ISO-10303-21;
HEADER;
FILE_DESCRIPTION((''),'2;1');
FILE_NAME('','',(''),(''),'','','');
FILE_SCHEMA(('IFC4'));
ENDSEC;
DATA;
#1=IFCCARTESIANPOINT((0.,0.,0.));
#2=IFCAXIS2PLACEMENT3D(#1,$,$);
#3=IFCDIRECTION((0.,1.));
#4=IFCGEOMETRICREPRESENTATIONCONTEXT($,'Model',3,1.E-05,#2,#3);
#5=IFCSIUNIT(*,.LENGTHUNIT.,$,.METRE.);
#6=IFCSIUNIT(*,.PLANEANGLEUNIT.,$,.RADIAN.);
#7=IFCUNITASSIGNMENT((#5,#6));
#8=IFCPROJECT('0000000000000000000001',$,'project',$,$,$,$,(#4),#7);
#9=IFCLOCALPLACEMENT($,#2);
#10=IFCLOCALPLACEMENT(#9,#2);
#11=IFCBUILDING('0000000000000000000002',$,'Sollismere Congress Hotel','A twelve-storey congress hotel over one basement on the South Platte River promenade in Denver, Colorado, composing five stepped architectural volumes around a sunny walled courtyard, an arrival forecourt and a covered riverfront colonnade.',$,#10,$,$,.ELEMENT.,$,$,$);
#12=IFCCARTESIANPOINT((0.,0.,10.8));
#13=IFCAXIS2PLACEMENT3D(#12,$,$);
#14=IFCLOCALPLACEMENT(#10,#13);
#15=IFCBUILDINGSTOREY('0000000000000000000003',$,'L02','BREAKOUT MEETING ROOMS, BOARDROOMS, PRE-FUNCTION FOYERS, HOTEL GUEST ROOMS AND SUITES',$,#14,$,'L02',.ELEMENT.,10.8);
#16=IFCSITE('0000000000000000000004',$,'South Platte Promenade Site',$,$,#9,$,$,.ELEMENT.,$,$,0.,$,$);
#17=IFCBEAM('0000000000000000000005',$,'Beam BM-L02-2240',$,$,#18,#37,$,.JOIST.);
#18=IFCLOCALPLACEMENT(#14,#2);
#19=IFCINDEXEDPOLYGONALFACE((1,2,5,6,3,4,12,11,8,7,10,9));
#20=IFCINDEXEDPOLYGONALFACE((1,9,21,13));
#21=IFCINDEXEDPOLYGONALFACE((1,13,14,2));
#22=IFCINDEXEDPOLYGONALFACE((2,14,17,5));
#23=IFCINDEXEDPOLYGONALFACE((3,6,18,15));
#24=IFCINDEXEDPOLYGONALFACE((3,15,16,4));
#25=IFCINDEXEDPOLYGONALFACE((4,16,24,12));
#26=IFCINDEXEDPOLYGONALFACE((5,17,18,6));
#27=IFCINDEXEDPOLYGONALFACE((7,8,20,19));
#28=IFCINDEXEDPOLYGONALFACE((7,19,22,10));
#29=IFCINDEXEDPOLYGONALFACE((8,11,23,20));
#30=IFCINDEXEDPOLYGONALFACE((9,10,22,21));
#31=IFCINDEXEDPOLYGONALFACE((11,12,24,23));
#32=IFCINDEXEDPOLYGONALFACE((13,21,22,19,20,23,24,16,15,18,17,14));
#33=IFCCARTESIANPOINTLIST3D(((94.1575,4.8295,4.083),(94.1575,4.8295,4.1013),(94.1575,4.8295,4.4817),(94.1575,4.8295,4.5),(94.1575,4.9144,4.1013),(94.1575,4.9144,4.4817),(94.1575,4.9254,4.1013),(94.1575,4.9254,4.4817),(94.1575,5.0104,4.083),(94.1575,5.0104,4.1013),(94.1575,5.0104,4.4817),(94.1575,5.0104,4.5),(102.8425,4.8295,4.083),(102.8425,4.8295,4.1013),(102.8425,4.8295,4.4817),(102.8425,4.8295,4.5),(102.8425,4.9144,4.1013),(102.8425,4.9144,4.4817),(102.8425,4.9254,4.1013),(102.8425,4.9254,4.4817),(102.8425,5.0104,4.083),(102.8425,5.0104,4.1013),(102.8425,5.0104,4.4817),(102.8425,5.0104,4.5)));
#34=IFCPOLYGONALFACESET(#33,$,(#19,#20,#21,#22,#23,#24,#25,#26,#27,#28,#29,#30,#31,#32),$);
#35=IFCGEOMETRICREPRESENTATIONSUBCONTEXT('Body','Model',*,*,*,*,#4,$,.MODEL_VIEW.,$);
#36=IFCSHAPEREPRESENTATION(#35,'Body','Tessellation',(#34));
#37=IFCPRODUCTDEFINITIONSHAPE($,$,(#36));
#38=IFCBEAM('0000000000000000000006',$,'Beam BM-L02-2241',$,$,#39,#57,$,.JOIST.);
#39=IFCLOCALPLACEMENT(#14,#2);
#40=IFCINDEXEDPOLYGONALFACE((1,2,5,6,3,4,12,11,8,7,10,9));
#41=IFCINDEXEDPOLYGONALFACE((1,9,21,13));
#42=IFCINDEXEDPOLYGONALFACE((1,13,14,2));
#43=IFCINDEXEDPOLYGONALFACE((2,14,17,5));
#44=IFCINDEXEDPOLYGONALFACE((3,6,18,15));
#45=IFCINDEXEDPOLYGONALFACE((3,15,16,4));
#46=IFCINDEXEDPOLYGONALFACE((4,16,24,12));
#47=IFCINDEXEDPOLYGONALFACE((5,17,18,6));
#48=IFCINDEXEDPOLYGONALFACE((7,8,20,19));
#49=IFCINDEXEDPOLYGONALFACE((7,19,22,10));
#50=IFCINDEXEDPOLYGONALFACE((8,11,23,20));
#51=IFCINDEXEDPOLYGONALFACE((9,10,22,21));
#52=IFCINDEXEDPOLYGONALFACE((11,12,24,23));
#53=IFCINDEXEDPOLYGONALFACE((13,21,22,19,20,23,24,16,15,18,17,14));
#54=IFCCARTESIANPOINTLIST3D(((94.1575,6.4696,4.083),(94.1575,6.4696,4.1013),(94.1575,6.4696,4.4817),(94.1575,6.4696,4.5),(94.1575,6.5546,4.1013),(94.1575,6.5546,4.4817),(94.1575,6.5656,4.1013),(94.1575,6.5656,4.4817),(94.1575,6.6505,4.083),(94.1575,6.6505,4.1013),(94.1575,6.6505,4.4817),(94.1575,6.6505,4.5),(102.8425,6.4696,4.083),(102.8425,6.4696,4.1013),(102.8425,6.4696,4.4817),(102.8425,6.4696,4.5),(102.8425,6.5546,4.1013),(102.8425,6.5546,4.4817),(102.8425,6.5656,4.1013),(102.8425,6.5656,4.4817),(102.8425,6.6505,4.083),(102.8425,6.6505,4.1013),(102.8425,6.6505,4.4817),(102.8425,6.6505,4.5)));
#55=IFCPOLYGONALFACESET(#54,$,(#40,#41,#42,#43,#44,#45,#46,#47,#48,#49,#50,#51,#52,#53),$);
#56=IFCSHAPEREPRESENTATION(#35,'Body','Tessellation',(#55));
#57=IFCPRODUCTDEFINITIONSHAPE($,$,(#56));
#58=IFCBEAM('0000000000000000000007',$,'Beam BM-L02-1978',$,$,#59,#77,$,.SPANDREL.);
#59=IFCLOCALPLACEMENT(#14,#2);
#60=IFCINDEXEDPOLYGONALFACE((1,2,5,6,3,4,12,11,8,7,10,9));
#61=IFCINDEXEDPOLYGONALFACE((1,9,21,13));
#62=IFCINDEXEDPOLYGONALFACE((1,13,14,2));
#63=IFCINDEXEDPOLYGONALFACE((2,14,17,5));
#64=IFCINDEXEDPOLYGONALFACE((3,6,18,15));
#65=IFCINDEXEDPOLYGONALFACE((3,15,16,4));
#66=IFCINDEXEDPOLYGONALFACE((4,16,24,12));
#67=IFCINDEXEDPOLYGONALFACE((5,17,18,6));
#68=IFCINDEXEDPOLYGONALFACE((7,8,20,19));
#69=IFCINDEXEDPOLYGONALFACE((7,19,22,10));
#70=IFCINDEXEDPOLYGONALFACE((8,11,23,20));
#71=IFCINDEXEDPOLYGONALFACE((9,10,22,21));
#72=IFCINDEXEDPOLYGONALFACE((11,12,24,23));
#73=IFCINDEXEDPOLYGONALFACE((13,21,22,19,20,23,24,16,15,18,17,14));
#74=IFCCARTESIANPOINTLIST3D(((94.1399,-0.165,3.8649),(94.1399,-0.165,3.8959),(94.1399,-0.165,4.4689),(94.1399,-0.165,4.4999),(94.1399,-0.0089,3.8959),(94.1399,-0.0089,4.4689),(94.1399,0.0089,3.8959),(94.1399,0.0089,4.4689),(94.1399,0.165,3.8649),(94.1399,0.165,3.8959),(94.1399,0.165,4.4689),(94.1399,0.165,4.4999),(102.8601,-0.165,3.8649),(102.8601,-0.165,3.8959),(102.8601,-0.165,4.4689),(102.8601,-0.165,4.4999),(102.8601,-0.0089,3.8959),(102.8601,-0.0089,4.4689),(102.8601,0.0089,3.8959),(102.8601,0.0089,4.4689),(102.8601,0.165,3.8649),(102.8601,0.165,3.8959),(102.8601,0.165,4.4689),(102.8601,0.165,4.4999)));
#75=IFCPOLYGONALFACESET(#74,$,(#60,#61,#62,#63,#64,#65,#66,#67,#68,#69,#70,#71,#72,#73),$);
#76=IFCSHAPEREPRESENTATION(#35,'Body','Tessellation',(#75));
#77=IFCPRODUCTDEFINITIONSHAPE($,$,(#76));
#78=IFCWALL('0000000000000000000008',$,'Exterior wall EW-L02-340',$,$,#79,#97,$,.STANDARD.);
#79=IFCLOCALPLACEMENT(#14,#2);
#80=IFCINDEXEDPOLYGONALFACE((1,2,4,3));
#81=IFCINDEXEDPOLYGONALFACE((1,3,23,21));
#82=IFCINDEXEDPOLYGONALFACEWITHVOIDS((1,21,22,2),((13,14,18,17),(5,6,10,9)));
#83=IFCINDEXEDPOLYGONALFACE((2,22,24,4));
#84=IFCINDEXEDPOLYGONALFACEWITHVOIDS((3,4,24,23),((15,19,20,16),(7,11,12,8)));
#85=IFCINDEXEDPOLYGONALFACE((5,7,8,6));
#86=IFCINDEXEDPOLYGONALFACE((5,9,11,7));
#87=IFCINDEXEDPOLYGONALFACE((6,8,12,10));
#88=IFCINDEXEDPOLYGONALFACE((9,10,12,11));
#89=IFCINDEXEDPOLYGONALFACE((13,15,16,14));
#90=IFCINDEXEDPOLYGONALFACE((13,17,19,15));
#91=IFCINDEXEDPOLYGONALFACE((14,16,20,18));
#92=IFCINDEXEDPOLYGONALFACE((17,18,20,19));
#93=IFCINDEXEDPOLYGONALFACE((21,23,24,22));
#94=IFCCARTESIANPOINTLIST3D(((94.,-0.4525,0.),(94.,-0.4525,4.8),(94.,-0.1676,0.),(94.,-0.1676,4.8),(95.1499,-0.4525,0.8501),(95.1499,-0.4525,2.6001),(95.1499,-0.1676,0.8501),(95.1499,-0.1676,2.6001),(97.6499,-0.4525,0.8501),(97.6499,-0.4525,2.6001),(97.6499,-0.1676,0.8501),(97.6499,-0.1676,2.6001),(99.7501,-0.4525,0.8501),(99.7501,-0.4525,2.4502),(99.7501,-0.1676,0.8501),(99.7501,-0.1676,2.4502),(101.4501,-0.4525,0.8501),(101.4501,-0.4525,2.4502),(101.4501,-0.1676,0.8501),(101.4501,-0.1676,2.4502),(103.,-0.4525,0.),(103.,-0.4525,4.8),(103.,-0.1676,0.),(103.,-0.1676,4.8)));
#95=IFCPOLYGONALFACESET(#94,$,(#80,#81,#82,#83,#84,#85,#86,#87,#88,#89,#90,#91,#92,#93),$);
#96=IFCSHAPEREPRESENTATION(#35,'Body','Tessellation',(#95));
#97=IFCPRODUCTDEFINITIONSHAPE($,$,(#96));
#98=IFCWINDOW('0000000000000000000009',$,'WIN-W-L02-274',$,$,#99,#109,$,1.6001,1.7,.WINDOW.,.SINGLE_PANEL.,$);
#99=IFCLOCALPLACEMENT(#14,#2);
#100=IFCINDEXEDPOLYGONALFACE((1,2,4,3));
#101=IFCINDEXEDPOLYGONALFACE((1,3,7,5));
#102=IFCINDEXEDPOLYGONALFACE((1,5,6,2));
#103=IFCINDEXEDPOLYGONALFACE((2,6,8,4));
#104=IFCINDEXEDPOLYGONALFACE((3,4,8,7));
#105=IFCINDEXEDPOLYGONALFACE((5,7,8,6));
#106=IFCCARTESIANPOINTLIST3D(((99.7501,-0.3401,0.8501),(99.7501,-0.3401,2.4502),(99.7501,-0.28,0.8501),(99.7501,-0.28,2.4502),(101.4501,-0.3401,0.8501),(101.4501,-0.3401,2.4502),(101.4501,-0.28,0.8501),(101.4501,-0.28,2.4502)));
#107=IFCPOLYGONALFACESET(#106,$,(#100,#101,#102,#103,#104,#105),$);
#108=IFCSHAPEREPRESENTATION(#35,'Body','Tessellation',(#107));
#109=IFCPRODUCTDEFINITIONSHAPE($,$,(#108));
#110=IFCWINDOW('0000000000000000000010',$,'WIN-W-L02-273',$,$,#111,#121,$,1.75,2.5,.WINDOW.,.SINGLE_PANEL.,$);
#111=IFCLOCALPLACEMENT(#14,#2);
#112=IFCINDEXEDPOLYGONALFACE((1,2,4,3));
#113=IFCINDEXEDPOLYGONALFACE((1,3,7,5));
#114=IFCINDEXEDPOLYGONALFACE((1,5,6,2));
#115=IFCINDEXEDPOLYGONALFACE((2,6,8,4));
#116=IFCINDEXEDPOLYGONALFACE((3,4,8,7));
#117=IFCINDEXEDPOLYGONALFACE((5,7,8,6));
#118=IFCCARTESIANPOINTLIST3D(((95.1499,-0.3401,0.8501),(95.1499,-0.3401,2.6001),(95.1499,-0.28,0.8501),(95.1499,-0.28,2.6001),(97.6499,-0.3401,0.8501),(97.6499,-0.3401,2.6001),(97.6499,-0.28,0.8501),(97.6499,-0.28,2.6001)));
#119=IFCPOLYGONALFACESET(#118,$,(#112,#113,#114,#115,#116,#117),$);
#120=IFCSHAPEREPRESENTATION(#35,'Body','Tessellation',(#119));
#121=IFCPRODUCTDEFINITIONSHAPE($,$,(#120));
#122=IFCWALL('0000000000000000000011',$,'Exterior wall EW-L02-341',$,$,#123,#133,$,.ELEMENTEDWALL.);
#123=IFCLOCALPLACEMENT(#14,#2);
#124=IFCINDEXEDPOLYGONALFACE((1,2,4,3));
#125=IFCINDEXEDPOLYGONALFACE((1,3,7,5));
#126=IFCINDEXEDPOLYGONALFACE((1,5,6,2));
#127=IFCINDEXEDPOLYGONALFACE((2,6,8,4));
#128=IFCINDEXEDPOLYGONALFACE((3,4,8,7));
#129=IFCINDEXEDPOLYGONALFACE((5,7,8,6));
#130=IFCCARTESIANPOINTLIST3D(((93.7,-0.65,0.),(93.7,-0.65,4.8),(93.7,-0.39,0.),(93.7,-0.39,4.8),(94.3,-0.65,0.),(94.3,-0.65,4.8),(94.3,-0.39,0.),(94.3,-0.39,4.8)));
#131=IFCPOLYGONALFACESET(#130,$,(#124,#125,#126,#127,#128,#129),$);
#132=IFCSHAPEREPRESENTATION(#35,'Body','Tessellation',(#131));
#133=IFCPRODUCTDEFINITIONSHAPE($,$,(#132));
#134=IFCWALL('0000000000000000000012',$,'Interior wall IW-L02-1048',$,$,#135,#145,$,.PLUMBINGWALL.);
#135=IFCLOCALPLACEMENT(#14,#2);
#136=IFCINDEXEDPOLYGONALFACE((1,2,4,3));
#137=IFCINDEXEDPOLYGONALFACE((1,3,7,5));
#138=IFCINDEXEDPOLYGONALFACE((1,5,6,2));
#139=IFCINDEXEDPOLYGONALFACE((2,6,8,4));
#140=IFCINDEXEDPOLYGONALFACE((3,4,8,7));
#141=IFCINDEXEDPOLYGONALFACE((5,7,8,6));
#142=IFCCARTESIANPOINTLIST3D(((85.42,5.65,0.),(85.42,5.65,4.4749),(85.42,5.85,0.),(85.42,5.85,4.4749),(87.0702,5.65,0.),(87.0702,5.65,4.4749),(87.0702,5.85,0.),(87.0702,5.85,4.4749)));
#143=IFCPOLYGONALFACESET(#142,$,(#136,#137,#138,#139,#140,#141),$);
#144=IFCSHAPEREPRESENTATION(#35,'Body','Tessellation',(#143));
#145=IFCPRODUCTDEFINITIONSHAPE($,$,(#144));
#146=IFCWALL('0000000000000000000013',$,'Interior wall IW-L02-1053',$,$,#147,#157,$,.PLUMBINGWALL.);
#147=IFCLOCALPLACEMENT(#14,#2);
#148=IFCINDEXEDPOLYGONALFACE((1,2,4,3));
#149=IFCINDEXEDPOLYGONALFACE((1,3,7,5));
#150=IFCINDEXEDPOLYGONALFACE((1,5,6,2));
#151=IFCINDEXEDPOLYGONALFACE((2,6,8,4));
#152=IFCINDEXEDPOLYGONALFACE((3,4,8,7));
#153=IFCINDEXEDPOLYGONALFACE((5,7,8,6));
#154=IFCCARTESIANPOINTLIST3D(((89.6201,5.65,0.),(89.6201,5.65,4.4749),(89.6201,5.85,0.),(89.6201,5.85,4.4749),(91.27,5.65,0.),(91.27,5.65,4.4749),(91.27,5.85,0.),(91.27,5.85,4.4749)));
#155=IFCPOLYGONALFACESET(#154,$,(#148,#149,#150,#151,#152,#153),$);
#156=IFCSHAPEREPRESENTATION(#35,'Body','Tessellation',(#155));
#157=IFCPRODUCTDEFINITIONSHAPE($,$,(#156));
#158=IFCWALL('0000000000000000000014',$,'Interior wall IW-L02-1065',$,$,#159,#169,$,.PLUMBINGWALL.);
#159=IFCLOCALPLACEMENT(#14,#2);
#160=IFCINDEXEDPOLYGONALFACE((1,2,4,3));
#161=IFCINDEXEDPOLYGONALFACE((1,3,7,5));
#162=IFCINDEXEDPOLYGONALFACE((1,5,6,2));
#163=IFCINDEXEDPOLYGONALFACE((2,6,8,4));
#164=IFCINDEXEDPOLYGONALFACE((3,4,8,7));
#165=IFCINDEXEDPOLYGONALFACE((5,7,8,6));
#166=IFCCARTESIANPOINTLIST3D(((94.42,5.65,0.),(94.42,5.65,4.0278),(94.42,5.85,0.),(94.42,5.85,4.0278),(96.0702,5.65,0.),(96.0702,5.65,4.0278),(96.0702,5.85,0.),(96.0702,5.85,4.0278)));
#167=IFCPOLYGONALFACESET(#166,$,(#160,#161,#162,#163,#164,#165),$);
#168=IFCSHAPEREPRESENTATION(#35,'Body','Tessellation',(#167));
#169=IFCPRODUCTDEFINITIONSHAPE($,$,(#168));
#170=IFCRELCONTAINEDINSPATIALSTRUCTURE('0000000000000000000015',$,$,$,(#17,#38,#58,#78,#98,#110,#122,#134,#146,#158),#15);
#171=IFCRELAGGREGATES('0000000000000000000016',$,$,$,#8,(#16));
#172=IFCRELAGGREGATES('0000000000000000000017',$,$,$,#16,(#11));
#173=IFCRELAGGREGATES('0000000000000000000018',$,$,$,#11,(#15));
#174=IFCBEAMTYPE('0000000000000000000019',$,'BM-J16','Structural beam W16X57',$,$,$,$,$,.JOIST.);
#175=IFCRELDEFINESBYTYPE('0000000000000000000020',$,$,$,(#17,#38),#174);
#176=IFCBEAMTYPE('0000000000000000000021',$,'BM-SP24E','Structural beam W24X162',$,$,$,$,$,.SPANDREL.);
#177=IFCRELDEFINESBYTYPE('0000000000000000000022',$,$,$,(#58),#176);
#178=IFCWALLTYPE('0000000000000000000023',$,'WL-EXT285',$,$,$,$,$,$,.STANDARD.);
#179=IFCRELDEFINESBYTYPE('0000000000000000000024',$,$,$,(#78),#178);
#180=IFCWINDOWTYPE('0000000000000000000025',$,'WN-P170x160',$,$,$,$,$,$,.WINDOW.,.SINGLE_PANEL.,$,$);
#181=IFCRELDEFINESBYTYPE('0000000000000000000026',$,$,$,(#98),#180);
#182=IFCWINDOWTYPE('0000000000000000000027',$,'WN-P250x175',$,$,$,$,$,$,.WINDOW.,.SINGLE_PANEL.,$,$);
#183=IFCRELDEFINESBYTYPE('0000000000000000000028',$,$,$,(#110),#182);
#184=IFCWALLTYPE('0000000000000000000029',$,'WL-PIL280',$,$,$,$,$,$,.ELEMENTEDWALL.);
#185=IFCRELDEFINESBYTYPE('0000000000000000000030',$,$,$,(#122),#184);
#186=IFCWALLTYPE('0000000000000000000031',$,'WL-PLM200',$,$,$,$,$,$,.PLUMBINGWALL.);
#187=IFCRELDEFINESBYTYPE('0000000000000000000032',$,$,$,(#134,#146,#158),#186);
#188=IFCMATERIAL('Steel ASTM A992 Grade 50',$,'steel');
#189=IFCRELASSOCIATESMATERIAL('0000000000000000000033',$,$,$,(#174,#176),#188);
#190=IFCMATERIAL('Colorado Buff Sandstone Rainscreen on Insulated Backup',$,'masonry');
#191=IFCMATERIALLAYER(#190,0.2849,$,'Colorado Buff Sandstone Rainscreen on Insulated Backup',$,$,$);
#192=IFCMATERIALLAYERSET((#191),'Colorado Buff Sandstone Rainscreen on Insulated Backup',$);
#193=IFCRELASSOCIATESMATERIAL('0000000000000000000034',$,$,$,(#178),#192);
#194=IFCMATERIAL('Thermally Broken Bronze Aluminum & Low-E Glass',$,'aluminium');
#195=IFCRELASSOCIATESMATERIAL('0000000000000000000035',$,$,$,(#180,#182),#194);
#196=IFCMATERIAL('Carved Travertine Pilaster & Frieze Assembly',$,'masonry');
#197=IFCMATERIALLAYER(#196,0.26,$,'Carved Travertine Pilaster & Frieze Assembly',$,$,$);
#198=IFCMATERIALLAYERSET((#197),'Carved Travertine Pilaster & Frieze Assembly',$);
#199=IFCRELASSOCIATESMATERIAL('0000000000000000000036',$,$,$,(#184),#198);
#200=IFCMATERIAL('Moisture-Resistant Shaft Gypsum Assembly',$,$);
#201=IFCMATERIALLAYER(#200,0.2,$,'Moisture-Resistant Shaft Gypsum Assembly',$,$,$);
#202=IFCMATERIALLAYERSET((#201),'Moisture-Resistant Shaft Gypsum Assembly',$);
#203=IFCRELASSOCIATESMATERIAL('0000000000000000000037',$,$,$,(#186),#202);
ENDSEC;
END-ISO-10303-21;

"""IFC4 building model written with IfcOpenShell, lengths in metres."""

from ifc_helpers import new_model, si_unit, direction, frame, frame_2d, origin, origin_2d, place, context, subcontext, project, spatial, rectangle, i_section, extrude, material, layer, layer_set, material_profile, profile_set, type_object, element, fill, save


model = new_model("IFC4")

# Units and contexts
model_context = context("Model", 3, precision=1e-05, world=origin(), true_north=direction((0.0, 1.0)))
body_context = subcontext(model_context, "Body", "Model", "MODEL_VIEW")
ifc_project = project(units=[si_unit("LENGTHUNIT", "METRE"), si_unit("PLANEANGLEUNIT", "RADIAN")], contexts=[model_context])

# Site, building, storey
site_placement = place(None, origin())
site = spatial("IfcSite", under=ifc_project, at=site_placement, Name="South Platte Promenade Site", CompositionType="ELEMENT", RefElevation=0.0)
building_placement = place(site_placement, origin())
building = spatial("IfcBuilding", under=site, at=building_placement, Name="Sollismere Congress Hotel", Description="A twelve-storey congress hotel over one basement on the South Platte River promenade in Denver, Colorado, composing five stepped architectural volumes around a sunny walled courtyard, an arrival forecourt and a covered riverfront colonnade.", CompositionType="ELEMENT")
storey_placement = place(building_placement, frame((0.0, 0.0, 10.8)))
storey = spatial("IfcBuildingStorey", under=building, at=storey_placement, Name="L02", Description="BREAKOUT MEETING ROOMS, BOARDROOMS, PRE-FUNCTION FOYERS, HOTEL GUEST ROOMS AND SUITES", LongName="L02", CompositionType="ELEMENT", Elevation=10.8)

# Shared definitions
ifc_material_1 = material(Name="Steel ASTM A992 Grade 50", Category="steel")

# Beams
ifc_material_profile_1 = material_profile(ifc_material_1, i_section(OverallWidth=0.1809, OverallDepth=0.417, WebThickness=0.011, FlangeThickness=0.0183, at=origin_2d()), Name="W16X57")
ifc_profile_set_1 = profile_set([ifc_material_profile_1], Name="Steel ASTM A992 Grade 50")
beam_type_1 = type_object("IfcBeamType", Name="BM-J16", Description="Structural beam W16X57", PredefinedType="JOIST", material=ifc_profile_set_1)
for number, where, z_axis, x_axis, name in (
    (1, (94.1575, 4.9199, 4.2915), (1.0, 0.0, 0.0), (0.0, 1.0, 0.0), "Beam BM-L02-2240"),
    (2, (94.1575, 6.5601, 4.2915), (1.0, 0.0, 0.0), (0.0, 1.0, 0.0), "Beam BM-L02-2241"),
):
    element("IfcBeam", number, at=place(storey_placement, frame(where, z_axis=z_axis, x_axis=x_axis)), inside=storey, type_object=beam_type_1, Name=name, PredefinedType="JOIST", context=body_context, shape_type="SweptSolid", body=[
        extrude(i_section(OverallWidth=0.1809, OverallDepth=0.417, WebThickness=0.011, FlangeThickness=0.0183, at=origin_2d()), origin(), (0.0, 0.0, 1.0), 8.6851),
    ])
ifc_material_profile_2 = material_profile(ifc_material_1, i_section(OverallWidth=0.3301, OverallDepth=0.635, WebThickness=0.0178, FlangeThickness=0.031, at=origin_2d()), Name="W24X162")
ifc_profile_set_2 = profile_set([ifc_material_profile_2], Name="Steel ASTM A992 Grade 50")
beam_type_2 = type_object("IfcBeamType", Name="BM-SP24E", Description="Structural beam W24X162", PredefinedType="SPANDREL", material=ifc_profile_set_2)
beam_1_placement = place(storey_placement, frame((94.1399, 0.0, 4.1824), z_axis=(1.0, 0.0, 0.0), x_axis=(0.0, 1.0, 0.0)))
element("IfcBeam", 3, at=beam_1_placement, inside=storey, type_object=beam_type_2, Name="Beam BM-L02-1978", PredefinedType="SPANDREL", context=body_context, shape_type="SweptSolid", body=[
    extrude(i_section(OverallWidth=0.3301, OverallDepth=0.635, WebThickness=0.0178, FlangeThickness=0.031, at=origin_2d()), origin(), (0.0, 0.0, 1.0), 8.7202),
])

# Wall, openings, windows
ifc_material_2 = material(Name="Colorado Buff Sandstone Rainscreen on Insulated Backup", Category="masonry")
ifc_layer_1 = layer(ifc_material_2, 0.2849, Name="Colorado Buff Sandstone Rainscreen on Insulated Backup")
ifc_layer_set_1 = layer_set([ifc_layer_1], Name="Colorado Buff Sandstone Rainscreen on Insulated Backup")
wall_type_1 = type_object("IfcWallType", Name="WL-EXT285", PredefinedType="STANDARD", material=ifc_layer_set_1)
wall_1_placement = place(storey_placement, frame((94.0, -0.3101, 0.0), z_axis=(0.0, 0.0, 1.0), x_axis=(1.0, 0.0, 0.0)))
wall_1 = element("IfcWall", 4, at=wall_1_placement, inside=storey, type_object=wall_type_1, Name="Exterior wall EW-L02-340", PredefinedType="STANDARD", context=body_context, shape_type="SweptSolid", body=[
    extrude(rectangle(XDim=9.0, YDim=0.2849, at=frame_2d((4.5, 0.0))), origin(), (0.0, 0.0, 1.0), 4.8),
])
opening_1_placement = place(wall_1_placement, frame((1.1499, 0.0, 0.8501)))
opening_1 = element("IfcOpeningElement", 5, at=opening_1_placement, cuts=wall_1, PredefinedType="OPENING", context=body_context, shape_type="SweptSolid", body=[
    extrude(rectangle(XDim=2.5, YDim=1.75, at=frame_2d((1.25, 0.875))), frame((0.0, 0.1523, 0.0), z_axis=(0.0, -1.0, 0.0), x_axis=(1.0, 0.0, 0.0)), (0.0, 0.0, 1.0), 0.3049),
])
opening_2_placement = place(wall_1_placement, frame((5.75, 0.0, 0.8501)))
opening_2 = element("IfcOpeningElement", 6, at=opening_2_placement, cuts=wall_1, PredefinedType="OPENING", context=body_context, shape_type="SweptSolid", body=[
    extrude(rectangle(XDim=1.7, YDim=1.6001, at=frame_2d((0.8501, 0.8))), frame((0.0, 0.1523, 0.0), z_axis=(0.0, -1.0, 0.0), x_axis=(1.0, 0.0, 0.0)), (0.0, 0.0, 1.0), 0.3049),
])
ifc_material_3 = material(Name="Thermally Broken Bronze Aluminum & Low-E Glass", Category="aluminium")
window_type_1 = type_object("IfcWindowType", Name="WN-P170x160", PartitioningType="SINGLE_PANEL", PredefinedType="WINDOW", material=ifc_material_3)
window_1_placement = place(opening_2_placement, origin())
window_1 = element("IfcWindow", 7, at=window_1_placement, inside=storey, type_object=window_type_1, Name="WIN-W-L02-274", OverallHeight=1.6001, OverallWidth=1.7, PartitioningType="SINGLE_PANEL", PredefinedType="WINDOW", context=body_context, shape_type="SweptSolid", body=[
    extrude(rectangle(XDim=1.7, YDim=1.6001, at=frame_2d((0.8501, 0.8))), frame((0.0, 0.03, 0.0), z_axis=(0.0, -1.0, 0.0), x_axis=(1.0, 0.0, 0.0)), (0.0, 0.0, 1.0), 0.0601),
])
fill(opening_2, window_1)
window_type_2 = type_object("IfcWindowType", Name="WN-P250x175", PartitioningType="SINGLE_PANEL", PredefinedType="WINDOW", material=ifc_material_3)
window_2_placement = place(opening_1_placement, origin())
window_2 = element("IfcWindow", 8, at=window_2_placement, inside=storey, type_object=window_type_2, Name="WIN-W-L02-273", OverallHeight=1.75, OverallWidth=2.5, PartitioningType="SINGLE_PANEL", PredefinedType="WINDOW", context=body_context, shape_type="SweptSolid", body=[
    extrude(rectangle(XDim=2.5, YDim=1.75, at=frame_2d((1.25, 0.875))), frame((0.0, 0.03, 0.0), z_axis=(0.0, -1.0, 0.0), x_axis=(1.0, 0.0, 0.0)), (0.0, 0.0, 1.0), 0.0601),
])
fill(opening_1, window_2)

# Walls
ifc_material_4 = material(Name="Carved Travertine Pilaster & Frieze Assembly", Category="masonry")
ifc_layer_2 = layer(ifc_material_4, 0.26, Name="Carved Travertine Pilaster & Frieze Assembly")
ifc_layer_set_2 = layer_set([ifc_layer_2], Name="Carved Travertine Pilaster & Frieze Assembly")
wall_type_2 = type_object("IfcWallType", Name="WL-PIL280", PredefinedType="ELEMENTEDWALL", material=ifc_layer_set_2)
wall_2_placement = place(storey_placement, frame((93.7, -0.52, 0.0), z_axis=(0.0, 0.0, 1.0), x_axis=(1.0, 0.0, 0.0)))
element("IfcWall", 9, at=wall_2_placement, inside=storey, type_object=wall_type_2, Name="Exterior wall EW-L02-341", PredefinedType="ELEMENTEDWALL", context=body_context, shape_type="SweptSolid", body=[
    extrude(rectangle(XDim=0.6001, YDim=0.26, at=frame_2d((0.3, 0.0))), origin(), (0.0, 0.0, 1.0), 4.8),
])
ifc_material_5 = material(Name="Moisture-Resistant Shaft Gypsum Assembly")
ifc_layer_3 = layer(ifc_material_5, 0.2, Name="Moisture-Resistant Shaft Gypsum Assembly")
ifc_layer_set_3 = layer_set([ifc_layer_3], Name="Moisture-Resistant Shaft Gypsum Assembly")
wall_type_3 = type_object("IfcWallType", Name="WL-PLM200", PredefinedType="PLUMBINGWALL", material=ifc_layer_set_3)
wall_3_placement = place(storey_placement, frame((85.4199, 5.75, 0.0), z_axis=(0.0, 0.0, 1.0), x_axis=(1.0, 0.0, 0.0)))
element("IfcWall", 10, at=wall_3_placement, inside=storey, type_object=wall_type_3, Name="Interior wall IW-L02-1048", PredefinedType="PLUMBINGWALL", context=body_context, shape_type="SweptSolid", body=[
    extrude(rectangle(XDim=1.6501, YDim=0.2, at=frame_2d((0.8252, 0.0))), origin(), (0.0, 0.0, 1.0), 4.4749),
])
wall_4_placement = place(storey_placement, frame((89.6201, 5.75, 0.0), z_axis=(0.0, 0.0, 1.0), x_axis=(1.0, 0.0, 0.0)))
element("IfcWall", 11, at=wall_4_placement, inside=storey, type_object=wall_type_3, Name="Interior wall IW-L02-1053", PredefinedType="PLUMBINGWALL", context=body_context, shape_type="SweptSolid", body=[
    extrude(rectangle(XDim=1.6499, YDim=0.2, at=frame_2d((0.825, 0.0))), origin(), (0.0, 0.0, 1.0), 4.4749),
])
wall_5_placement = place(storey_placement, frame((94.4199, 5.75, 0.0), z_axis=(0.0, 0.0, 1.0), x_axis=(1.0, 0.0, 0.0)))
element("IfcWall", 12, at=wall_5_placement, inside=storey, type_object=wall_type_3, Name="Interior wall IW-L02-1065", PredefinedType="PLUMBINGWALL", context=body_context, shape_type="SweptSolid", body=[
    extrude(rectangle(XDim=1.6501, YDim=0.2, at=frame_2d((0.8252, 0.0))), origin(), (0.0, 0.0, 1.0), 4.0278),
])

save(model, "model.ifc")
